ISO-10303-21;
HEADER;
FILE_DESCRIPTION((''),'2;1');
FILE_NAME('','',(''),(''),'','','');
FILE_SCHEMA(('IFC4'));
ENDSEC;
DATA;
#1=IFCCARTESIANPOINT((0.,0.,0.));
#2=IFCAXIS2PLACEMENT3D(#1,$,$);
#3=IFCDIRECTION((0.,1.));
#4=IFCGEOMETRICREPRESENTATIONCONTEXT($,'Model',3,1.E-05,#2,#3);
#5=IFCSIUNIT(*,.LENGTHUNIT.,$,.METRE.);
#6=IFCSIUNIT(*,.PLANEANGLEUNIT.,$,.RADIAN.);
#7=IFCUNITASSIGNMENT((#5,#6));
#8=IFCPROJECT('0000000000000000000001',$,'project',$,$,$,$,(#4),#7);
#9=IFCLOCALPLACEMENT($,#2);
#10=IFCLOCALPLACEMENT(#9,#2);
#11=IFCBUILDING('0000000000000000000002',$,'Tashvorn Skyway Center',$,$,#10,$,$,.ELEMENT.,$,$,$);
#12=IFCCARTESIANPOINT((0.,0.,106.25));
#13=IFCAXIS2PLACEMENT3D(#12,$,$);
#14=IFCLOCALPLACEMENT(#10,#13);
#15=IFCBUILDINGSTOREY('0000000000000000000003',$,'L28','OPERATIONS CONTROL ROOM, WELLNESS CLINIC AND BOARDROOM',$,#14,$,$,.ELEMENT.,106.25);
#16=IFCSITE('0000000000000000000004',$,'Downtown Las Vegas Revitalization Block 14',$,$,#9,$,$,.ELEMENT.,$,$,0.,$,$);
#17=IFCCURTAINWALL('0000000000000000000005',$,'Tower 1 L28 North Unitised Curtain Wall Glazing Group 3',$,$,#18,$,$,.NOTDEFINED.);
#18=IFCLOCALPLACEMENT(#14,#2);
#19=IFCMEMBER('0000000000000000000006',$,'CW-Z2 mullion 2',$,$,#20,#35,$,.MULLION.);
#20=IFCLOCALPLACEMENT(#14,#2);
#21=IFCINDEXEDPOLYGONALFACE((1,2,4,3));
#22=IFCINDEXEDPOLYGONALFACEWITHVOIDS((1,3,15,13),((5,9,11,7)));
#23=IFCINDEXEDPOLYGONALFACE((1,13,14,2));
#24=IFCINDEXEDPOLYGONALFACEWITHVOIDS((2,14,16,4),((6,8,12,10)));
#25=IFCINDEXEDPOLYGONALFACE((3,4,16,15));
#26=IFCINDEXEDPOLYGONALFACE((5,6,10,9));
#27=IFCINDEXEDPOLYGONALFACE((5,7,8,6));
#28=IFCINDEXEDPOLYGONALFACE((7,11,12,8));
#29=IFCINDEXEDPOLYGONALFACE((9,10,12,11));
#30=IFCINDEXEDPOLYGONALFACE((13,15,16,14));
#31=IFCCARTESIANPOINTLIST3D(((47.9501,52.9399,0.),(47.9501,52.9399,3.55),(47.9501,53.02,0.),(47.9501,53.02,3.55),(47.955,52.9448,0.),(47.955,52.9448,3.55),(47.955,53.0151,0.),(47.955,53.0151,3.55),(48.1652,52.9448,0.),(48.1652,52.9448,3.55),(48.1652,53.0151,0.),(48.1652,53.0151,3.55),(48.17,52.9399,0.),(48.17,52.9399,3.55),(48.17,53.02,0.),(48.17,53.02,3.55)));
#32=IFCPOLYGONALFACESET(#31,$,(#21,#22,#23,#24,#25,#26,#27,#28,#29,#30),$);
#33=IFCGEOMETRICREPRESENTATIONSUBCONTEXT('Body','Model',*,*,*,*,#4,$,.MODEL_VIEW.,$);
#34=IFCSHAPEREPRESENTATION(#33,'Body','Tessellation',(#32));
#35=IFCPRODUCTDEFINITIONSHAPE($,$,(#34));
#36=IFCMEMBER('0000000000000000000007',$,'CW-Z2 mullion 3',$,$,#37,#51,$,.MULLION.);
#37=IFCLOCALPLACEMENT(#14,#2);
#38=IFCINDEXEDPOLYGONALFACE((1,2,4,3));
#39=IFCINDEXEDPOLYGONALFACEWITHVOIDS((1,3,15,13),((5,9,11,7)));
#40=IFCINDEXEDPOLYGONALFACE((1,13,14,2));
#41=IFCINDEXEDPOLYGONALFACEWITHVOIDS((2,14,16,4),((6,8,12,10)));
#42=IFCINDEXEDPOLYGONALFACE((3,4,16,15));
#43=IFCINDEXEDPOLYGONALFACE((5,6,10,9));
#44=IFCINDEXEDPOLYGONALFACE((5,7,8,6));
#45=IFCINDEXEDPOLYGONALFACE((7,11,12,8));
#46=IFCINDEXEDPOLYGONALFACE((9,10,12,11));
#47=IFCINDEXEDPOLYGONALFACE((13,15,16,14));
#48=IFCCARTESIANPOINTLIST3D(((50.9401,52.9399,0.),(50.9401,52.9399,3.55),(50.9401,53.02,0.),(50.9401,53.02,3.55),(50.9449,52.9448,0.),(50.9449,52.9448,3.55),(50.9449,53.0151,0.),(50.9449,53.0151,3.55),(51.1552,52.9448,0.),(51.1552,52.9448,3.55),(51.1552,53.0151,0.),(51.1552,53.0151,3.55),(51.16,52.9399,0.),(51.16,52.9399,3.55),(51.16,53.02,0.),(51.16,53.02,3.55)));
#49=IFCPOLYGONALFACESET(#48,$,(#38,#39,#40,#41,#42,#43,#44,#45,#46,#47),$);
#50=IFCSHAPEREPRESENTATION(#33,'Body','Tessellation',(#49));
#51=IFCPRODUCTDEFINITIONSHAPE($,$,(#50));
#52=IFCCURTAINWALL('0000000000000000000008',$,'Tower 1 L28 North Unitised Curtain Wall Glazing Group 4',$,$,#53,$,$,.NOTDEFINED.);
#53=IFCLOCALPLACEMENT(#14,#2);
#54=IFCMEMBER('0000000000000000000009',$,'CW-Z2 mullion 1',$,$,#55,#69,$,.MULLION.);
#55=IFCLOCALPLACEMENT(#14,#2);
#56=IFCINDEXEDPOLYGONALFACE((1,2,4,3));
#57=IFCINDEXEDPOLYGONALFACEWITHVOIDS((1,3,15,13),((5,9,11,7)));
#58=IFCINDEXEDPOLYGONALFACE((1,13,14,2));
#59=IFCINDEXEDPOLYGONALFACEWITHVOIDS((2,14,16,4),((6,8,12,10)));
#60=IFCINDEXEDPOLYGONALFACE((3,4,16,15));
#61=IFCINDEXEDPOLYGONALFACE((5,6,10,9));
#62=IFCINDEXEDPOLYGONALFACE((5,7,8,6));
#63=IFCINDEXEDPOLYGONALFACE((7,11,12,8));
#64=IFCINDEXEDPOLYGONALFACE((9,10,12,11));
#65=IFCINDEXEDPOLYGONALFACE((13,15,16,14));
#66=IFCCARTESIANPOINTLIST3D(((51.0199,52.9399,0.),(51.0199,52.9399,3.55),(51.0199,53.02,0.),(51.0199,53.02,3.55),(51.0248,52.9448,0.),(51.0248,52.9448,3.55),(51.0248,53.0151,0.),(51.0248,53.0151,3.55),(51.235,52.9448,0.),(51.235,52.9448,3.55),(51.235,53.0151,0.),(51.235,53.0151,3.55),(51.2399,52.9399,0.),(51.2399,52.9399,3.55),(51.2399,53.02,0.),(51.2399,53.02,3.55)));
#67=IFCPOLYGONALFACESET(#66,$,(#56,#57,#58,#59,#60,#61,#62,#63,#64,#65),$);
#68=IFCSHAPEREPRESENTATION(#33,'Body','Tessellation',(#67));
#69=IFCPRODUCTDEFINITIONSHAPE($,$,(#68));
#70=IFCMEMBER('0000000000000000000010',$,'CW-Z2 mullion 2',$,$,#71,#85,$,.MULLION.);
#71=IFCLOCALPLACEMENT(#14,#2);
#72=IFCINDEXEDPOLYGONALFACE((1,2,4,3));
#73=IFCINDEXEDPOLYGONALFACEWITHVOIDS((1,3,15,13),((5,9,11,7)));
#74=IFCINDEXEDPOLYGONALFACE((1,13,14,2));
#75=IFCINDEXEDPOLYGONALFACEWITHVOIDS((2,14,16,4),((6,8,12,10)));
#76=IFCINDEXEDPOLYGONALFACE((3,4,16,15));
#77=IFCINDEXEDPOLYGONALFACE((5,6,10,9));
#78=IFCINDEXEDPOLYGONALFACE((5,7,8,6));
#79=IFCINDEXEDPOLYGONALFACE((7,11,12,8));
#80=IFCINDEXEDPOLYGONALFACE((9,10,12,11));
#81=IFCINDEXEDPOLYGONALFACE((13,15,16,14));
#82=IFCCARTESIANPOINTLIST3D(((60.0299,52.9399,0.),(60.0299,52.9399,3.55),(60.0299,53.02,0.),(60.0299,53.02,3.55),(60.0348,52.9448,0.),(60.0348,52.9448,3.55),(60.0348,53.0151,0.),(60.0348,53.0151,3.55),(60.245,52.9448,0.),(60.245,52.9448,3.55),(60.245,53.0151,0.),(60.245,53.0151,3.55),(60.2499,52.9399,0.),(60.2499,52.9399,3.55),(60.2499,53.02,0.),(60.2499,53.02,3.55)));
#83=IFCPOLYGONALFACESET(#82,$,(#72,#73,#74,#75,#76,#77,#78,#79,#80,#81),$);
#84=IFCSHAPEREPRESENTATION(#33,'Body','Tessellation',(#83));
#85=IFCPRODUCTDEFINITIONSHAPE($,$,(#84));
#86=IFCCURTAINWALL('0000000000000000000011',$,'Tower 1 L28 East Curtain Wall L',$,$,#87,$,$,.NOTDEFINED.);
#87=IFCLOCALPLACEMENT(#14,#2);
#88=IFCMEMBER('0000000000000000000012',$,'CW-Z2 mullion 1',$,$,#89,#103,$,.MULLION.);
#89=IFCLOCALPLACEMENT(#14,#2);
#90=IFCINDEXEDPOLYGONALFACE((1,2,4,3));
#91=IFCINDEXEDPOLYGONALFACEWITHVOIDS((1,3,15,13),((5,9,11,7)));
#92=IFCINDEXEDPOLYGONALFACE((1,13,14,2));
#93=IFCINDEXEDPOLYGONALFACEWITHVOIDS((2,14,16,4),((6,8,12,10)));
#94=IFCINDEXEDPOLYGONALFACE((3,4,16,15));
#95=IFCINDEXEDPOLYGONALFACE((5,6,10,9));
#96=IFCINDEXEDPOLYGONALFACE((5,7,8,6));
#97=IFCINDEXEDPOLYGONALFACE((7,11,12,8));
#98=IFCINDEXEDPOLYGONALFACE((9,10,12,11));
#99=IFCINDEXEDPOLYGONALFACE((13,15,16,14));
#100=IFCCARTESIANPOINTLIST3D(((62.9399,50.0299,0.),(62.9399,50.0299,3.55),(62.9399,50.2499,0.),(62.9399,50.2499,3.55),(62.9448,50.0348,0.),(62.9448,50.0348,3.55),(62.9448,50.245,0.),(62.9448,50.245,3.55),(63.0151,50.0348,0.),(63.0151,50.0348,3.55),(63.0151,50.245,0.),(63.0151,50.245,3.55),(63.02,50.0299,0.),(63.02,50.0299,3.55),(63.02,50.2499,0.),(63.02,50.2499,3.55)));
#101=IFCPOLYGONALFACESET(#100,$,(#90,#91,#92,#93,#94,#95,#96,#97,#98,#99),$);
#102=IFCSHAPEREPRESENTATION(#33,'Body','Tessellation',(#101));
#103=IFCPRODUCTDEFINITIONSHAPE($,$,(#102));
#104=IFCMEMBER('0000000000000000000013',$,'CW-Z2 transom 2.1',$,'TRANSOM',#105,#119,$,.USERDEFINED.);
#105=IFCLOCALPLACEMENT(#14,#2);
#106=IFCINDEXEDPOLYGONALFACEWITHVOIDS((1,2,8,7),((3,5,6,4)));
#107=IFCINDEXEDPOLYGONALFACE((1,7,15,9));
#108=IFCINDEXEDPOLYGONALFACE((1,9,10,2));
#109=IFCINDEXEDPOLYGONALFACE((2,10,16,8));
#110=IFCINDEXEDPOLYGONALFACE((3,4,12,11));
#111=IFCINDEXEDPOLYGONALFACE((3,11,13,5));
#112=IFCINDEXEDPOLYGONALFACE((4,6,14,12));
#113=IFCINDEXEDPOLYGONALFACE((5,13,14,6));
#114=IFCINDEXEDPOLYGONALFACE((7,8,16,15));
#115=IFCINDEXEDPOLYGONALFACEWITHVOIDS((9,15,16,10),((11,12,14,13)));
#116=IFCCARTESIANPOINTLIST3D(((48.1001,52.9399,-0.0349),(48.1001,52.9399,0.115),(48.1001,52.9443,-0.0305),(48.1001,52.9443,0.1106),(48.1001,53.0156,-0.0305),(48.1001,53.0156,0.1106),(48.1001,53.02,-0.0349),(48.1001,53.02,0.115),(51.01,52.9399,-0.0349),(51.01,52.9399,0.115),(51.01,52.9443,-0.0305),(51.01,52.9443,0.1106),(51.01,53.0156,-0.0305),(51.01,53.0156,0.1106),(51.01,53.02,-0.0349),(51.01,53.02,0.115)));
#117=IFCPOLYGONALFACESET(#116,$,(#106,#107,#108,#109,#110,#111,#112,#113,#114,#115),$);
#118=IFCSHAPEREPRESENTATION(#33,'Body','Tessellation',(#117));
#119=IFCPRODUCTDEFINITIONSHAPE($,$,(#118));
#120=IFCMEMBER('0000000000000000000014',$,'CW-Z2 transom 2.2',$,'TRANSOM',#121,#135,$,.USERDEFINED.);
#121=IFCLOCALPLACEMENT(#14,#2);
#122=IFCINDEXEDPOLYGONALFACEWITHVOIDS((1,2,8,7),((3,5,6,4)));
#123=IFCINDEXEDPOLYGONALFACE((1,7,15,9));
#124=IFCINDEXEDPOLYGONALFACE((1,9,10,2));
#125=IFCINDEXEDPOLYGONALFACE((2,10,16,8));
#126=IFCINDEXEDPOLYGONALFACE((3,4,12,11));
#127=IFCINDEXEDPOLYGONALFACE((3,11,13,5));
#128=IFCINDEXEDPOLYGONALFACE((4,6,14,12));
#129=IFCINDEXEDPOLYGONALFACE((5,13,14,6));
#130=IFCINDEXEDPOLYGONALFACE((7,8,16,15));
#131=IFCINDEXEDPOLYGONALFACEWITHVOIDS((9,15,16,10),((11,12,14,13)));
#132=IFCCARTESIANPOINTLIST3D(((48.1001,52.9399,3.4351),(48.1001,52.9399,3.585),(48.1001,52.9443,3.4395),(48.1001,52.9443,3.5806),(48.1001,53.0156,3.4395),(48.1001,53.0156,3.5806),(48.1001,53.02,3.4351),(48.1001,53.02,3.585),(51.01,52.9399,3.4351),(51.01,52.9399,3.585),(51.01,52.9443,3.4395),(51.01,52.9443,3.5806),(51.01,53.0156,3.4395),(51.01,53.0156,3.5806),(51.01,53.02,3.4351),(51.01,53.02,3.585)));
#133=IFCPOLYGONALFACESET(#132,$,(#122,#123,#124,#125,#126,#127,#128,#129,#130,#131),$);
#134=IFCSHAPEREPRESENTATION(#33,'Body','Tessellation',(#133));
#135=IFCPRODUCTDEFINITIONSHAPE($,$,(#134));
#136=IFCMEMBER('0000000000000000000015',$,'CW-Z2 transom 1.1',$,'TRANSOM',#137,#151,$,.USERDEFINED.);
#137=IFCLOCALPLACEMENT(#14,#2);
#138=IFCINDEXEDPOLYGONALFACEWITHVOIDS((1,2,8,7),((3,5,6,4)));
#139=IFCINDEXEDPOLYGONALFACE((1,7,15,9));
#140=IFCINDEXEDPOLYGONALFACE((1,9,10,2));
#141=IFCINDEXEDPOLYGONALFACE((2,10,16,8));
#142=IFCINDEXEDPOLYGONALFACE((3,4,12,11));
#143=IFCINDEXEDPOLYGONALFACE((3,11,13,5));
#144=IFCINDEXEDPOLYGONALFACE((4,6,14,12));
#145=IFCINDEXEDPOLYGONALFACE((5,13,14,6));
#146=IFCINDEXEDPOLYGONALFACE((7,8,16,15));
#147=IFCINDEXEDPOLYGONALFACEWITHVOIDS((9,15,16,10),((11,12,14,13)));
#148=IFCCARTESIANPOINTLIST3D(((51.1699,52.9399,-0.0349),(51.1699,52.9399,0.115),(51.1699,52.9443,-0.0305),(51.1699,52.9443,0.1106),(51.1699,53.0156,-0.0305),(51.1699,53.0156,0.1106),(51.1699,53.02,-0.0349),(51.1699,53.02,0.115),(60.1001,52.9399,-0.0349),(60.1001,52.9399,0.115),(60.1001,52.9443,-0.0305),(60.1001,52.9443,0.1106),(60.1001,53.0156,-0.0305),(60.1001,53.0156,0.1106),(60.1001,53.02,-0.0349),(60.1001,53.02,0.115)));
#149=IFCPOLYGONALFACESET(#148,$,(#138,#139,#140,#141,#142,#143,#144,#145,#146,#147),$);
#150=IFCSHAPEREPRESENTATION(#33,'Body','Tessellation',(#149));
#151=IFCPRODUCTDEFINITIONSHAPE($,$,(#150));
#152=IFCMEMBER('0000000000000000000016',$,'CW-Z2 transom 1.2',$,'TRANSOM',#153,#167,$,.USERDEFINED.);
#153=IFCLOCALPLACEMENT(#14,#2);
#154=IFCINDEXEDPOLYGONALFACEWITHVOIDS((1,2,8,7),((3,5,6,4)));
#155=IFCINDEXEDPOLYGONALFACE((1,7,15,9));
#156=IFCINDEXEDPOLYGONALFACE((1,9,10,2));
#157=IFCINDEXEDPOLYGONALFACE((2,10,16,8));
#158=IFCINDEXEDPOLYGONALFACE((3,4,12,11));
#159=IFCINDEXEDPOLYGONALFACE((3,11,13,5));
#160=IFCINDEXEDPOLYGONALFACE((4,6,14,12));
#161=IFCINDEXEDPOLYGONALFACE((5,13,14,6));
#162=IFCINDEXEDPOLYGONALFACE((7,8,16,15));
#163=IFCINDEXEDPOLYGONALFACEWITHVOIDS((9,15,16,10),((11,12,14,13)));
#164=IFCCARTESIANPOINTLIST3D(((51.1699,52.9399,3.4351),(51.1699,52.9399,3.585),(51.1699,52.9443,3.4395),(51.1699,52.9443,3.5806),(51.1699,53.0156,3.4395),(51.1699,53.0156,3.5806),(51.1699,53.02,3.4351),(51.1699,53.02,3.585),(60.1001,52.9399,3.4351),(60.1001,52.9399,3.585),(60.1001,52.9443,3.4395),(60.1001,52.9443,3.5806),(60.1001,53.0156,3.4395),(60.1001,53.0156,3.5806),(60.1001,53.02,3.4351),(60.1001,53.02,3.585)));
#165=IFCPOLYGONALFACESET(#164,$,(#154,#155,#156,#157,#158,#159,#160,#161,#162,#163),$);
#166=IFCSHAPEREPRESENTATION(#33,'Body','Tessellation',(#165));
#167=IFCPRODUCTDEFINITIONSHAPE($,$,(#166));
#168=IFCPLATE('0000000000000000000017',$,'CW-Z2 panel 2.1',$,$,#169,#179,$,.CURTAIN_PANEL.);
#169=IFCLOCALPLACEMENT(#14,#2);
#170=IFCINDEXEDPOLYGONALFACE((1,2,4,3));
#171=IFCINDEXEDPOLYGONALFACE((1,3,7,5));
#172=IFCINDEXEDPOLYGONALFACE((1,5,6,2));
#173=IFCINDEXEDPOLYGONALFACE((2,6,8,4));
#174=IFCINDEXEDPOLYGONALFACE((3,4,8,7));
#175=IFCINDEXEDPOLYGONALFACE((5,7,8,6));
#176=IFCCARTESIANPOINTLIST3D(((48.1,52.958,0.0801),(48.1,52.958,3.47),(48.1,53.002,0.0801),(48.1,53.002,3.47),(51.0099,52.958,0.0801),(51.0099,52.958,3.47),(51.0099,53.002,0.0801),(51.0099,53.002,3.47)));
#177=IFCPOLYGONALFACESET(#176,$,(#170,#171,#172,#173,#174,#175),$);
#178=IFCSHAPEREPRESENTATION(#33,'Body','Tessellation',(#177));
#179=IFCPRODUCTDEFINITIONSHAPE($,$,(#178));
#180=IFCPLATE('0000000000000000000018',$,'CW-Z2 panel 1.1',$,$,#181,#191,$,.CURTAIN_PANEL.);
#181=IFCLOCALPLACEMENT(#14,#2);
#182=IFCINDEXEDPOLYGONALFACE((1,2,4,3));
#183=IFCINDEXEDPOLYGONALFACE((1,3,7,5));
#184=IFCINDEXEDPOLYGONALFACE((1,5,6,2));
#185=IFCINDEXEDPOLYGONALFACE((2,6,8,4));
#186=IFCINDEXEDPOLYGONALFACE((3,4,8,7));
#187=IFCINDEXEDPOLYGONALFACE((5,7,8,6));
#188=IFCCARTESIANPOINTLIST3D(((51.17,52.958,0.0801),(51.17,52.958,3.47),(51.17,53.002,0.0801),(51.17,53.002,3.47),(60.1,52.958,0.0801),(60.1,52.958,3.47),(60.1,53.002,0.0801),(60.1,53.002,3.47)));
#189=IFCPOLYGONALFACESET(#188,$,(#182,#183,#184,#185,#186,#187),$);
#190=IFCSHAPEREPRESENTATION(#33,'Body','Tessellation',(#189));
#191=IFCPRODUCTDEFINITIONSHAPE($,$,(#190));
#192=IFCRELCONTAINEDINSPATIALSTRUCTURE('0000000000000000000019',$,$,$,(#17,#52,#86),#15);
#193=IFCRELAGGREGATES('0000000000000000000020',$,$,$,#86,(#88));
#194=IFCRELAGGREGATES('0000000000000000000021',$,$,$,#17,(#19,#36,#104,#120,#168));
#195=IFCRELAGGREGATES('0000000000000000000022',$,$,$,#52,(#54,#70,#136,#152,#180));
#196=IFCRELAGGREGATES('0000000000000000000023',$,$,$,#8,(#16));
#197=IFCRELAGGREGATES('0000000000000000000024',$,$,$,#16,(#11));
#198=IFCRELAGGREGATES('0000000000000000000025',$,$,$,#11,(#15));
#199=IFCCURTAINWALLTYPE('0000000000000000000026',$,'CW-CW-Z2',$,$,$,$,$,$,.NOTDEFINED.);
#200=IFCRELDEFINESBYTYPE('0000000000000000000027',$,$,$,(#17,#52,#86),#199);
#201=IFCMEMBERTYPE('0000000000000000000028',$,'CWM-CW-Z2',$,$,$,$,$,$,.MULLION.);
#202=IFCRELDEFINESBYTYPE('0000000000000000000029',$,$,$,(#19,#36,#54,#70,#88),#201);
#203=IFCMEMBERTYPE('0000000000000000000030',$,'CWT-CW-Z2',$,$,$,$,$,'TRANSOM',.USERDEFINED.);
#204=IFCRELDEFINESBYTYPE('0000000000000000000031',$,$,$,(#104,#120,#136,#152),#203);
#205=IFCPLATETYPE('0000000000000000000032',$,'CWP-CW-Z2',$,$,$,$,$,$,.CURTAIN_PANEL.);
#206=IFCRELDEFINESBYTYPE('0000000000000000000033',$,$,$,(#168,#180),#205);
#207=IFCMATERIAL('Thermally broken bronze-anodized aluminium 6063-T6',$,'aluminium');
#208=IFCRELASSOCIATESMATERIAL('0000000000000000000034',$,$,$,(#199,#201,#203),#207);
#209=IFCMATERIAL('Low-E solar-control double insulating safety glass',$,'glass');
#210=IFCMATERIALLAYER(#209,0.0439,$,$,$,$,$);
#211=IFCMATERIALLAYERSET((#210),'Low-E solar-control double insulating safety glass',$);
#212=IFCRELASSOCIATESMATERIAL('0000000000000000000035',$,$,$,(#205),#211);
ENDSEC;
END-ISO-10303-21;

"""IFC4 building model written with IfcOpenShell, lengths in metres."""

from ifc_helpers import new_model, si_unit, direction, frame, origin, origin_2d, place, context, subcontext, project, spatial, rectangle, hollow_rectangle, extrude, material, layer, layer_set, material_profile, profile_set, type_object, element, aggregate, save


model = new_model("IFC4")

# Units and contexts
model_context = context("Model", 3, precision=1e-05, world=origin(), true_north=direction((0.0, 1.0)))
body_context = subcontext(model_context, "Body", "Model", "MODEL_VIEW")
ifc_project = project(units=[si_unit("LENGTHUNIT", "METRE"), si_unit("PLANEANGLEUNIT", "RADIAN")], contexts=[model_context])

# Site, building, storey
site_placement = place(None, origin())
site = spatial("IfcSite", under=ifc_project, at=site_placement, Name="Downtown Las Vegas Revitalization Block 14", CompositionType="ELEMENT", RefElevation=0.0)
building_placement = place(site_placement, origin())
building = spatial("IfcBuilding", under=site, at=building_placement, Name="Tashvorn Skyway Center", CompositionType="ELEMENT")
storey_placement = place(building_placement, frame((0.0, 0.0, 106.25)))
storey = spatial("IfcBuildingStorey", under=building, at=storey_placement, Name="L28", Description="OPERATIONS CONTROL ROOM, WELLNESS CLINIC AND BOARDROOM", CompositionType="ELEMENT", Elevation=106.25)

# Curtain walls, members
ifc_material_1 = material(Name="Thermally broken bronze-anodized aluminium 6063-T6", Category="aluminium")
curtain_wall_type = type_object("IfcCurtainWallType", Name="CW-CW-Z2", PredefinedType="NOTDEFINED", material=ifc_material_1)
curtain_wall_1_placement = place(storey_placement, origin())
curtain_wall_1 = element("IfcCurtainWall", 1, at=curtain_wall_1_placement, inside=storey, type_object=curtain_wall_type, Name="Tower 1 L28 North Unitised Curtain Wall Glazing Group 3", PredefinedType="NOTDEFINED")
ifc_material_profile_1 = material_profile(ifc_material_1, hollow_rectangle(XDim=0.0801, YDim=0.22, WallThickness=0.0049, at=origin_2d()), Name="ALU-MULL-80x220")
ifc_profile_set_1 = profile_set([ifc_material_profile_1], Name="Thermally broken bronze-anodized aluminium 6063-T6")
member_type_1 = type_object("IfcMemberType", Name="CWM-CW-Z2", PredefinedType="MULLION", material=ifc_profile_set_1)
member_1_placement = place(storey_placement, frame((48.0601, 52.98, 0.0), z_axis=(0.0, 0.0, 1.0), x_axis=(0.0, 1.0, 0.0)))
member_1 = element("IfcMember", 2, at=member_1_placement, type_object=member_type_1, Name="CW-Z2 mullion 2", PredefinedType="MULLION", context=body_context, shape_type="SweptSolid", body=[
    extrude(hollow_rectangle(XDim=0.0801, YDim=0.22, WallThickness=0.0049, at=origin_2d()), origin(), (0.0, 0.0, 1.0), 3.55),
])
member_2_placement = place(storey_placement, frame((51.05, 52.98, 0.0), z_axis=(0.0, 0.0, 1.0), x_axis=(0.0, 1.0, 0.0)))
member_2 = element("IfcMember", 3, at=member_2_placement, type_object=member_type_1, Name="CW-Z2 mullion 3", PredefinedType="MULLION", context=body_context, shape_type="SweptSolid", body=[
    extrude(hollow_rectangle(XDim=0.0801, YDim=0.22, WallThickness=0.0049, at=origin_2d()), origin(), (0.0, 0.0, 1.0), 3.55),
])
curtain_wall_2_placement = place(storey_placement, origin())
curtain_wall_2 = element("IfcCurtainWall", 4, at=curtain_wall_2_placement, inside=storey, type_object=curtain_wall_type, Name="Tower 1 L28 North Unitised Curtain Wall Glazing Group 4", PredefinedType="NOTDEFINED")
member_3_placement = place(storey_placement, frame((51.1299, 52.98, 0.0), z_axis=(0.0, 0.0, 1.0), x_axis=(0.0, 1.0, 0.0)))
member_3 = element("IfcMember", 5, at=member_3_placement, type_object=member_type_1, Name="CW-Z2 mullion 1", PredefinedType="MULLION", context=body_context, shape_type="SweptSolid", body=[
    extrude(hollow_rectangle(XDim=0.0801, YDim=0.22, WallThickness=0.0049, at=origin_2d()), origin(), (0.0, 0.0, 1.0), 3.55),
])
member_4_placement = place(storey_placement, frame((60.1399, 52.98, 0.0), z_axis=(0.0, 0.0, 1.0), x_axis=(0.0, 1.0, 0.0)))
member_4 = element("IfcMember", 6, at=member_4_placement, type_object=member_type_1, Name="CW-Z2 mullion 2", PredefinedType="MULLION", context=body_context, shape_type="SweptSolid", body=[
    extrude(hollow_rectangle(XDim=0.0801, YDim=0.22, WallThickness=0.0049, at=origin_2d()), origin(), (0.0, 0.0, 1.0), 3.55),
])

# Curtain wall, member
curtain_wall_3_placement = place(storey_placement, origin())
curtain_wall_3 = element("IfcCurtainWall", 7, at=curtain_wall_3_placement, inside=storey, type_object=curtain_wall_type, Name="Tower 1 L28 East Curtain Wall L", PredefinedType="NOTDEFINED")
member_5_placement = place(storey_placement, frame((62.98, 50.1399, 0.0), z_axis=(0.0, 0.0, 1.0), x_axis=(1.0, 0.0, 0.0)))
member_5 = element("IfcMember", 8, at=member_5_placement, type_object=member_type_1, Name="CW-Z2 mullion 1", PredefinedType="MULLION", context=body_context, shape_type="SweptSolid", body=[
    extrude(hollow_rectangle(XDim=0.0801, YDim=0.22, WallThickness=0.0049, at=origin_2d()), origin(), (0.0, 0.0, 1.0), 3.55),
])
aggregate(curtain_wall_3, [member_5])

# Members
ifc_material_profile_2 = material_profile(ifc_material_1, hollow_rectangle(XDim=0.0801, YDim=0.1499, WallThickness=0.0044, at=origin_2d()), Name="ALU-TRAN-80x150")
ifc_profile_set_2 = profile_set([ifc_material_profile_2], Name="Thermally broken bronze-anodized aluminium 6063-T6")
member_type_2 = type_object("IfcMemberType", Name="CWT-CW-Z2", ElementType="TRANSOM", PredefinedType="USERDEFINED", material=ifc_profile_set_2)
member_6_placement = place(storey_placement, frame((48.1001, 52.98, 0.04), z_axis=(1.0, 0.0, 0.0), x_axis=(0.0, 1.0, 0.0)))
member_6 = element("IfcMember", 9, at=member_6_placement, type_object=member_type_2, Name="CW-Z2 transom 2.1", ObjectType="TRANSOM", PredefinedType="USERDEFINED", context=body_context, shape_type="SweptSolid", body=[
    extrude(hollow_rectangle(XDim=0.0801, YDim=0.1499, WallThickness=0.0044, at=origin_2d()), origin(), (0.0, 0.0, 1.0), 2.9099),
])
member_7_placement = place(storey_placement, frame((48.1001, 52.98, 3.51), z_axis=(1.0, 0.0, 0.0), x_axis=(0.0, 1.0, 0.0)))
member_7 = element("IfcMember", 10, at=member_7_placement, type_object=member_type_2, Name="CW-Z2 transom 2.2", ObjectType="TRANSOM", PredefinedType="USERDEFINED", context=body_context, shape_type="SweptSolid", body=[
    extrude(hollow_rectangle(XDim=0.0801, YDim=0.1499, WallThickness=0.0044, at=origin_2d()), origin(), (0.0, 0.0, 1.0), 2.9099),
])
member_8_placement = place(storey_placement, frame((51.1699, 52.98, 0.04), z_axis=(1.0, 0.0, 0.0), x_axis=(0.0, 1.0, 0.0)))
member_8 = element("IfcMember", 11, at=member_8_placement, type_object=member_type_2, Name="CW-Z2 transom 1.1", ObjectType="TRANSOM", PredefinedType="USERDEFINED", context=body_context, shape_type="SweptSolid", body=[
    extrude(hollow_rectangle(XDim=0.0801, YDim=0.1499, WallThickness=0.0044, at=origin_2d()), origin(), (0.0, 0.0, 1.0), 8.9302),
])
member_9_placement = place(storey_placement, frame((51.1699, 52.98, 3.51), z_axis=(1.0, 0.0, 0.0), x_axis=(0.0, 1.0, 0.0)))
member_9 = element("IfcMember", 12, at=member_9_placement, type_object=member_type_2, Name="CW-Z2 transom 1.2", ObjectType="TRANSOM", PredefinedType="USERDEFINED", context=body_context, shape_type="SweptSolid", body=[
    extrude(hollow_rectangle(XDim=0.0801, YDim=0.1499, WallThickness=0.0044, at=origin_2d()), origin(), (0.0, 0.0, 1.0), 8.9302),
])

# Plates
ifc_material_2 = material(Name="Low-E solar-control double insulating safety glass", Category="glass")
ifc_layer_1 = layer(ifc_material_2, 0.0439)
ifc_layer_set_1 = layer_set([ifc_layer_1], Name="Low-E solar-control double insulating safety glass")
plate_type_1 = type_object("IfcPlateType", Name="CWP-CW-Z2", PredefinedType="CURTAIN_PANEL", material=ifc_layer_set_1)
plate_1_placement = place(storey_placement, frame((49.5549, 52.98, 0.0801), z_axis=(0.0, 0.0, 1.0), x_axis=(1.0, 0.0, 0.0)))
plate_1 = element("IfcPlate", 13, at=plate_1_placement, type_object=plate_type_1, Name="CW-Z2 panel 2.1", PredefinedType="CURTAIN_PANEL", context=body_context, shape_type="SweptSolid", body=[
    extrude(rectangle(XDim=2.9099, YDim=0.0439, at=origin_2d()), origin(), (0.0, 0.0, 1.0), 3.3899),
])
aggregate(curtain_wall_1, [member_1, member_2, member_6, member_7, plate_1])
plate_2_placement = place(storey_placement, frame((55.635, 52.98, 0.0801), z_axis=(0.0, 0.0, 1.0), x_axis=(1.0, 0.0, 0.0)))
plate_2 = element("IfcPlate", 14, at=plate_2_placement, type_object=plate_type_1, Name="CW-Z2 panel 1.1", PredefinedType="CURTAIN_PANEL", context=body_context, shape_type="SweptSolid", body=[
    extrude(rectangle(XDim=8.9299, YDim=0.0439, at=origin_2d()), origin(), (0.0, 0.0, 1.0), 3.3899),
])
aggregate(curtain_wall_2, [member_3, member_4, member_8, member_9, plate_2])

save(model, "model.ifc")
